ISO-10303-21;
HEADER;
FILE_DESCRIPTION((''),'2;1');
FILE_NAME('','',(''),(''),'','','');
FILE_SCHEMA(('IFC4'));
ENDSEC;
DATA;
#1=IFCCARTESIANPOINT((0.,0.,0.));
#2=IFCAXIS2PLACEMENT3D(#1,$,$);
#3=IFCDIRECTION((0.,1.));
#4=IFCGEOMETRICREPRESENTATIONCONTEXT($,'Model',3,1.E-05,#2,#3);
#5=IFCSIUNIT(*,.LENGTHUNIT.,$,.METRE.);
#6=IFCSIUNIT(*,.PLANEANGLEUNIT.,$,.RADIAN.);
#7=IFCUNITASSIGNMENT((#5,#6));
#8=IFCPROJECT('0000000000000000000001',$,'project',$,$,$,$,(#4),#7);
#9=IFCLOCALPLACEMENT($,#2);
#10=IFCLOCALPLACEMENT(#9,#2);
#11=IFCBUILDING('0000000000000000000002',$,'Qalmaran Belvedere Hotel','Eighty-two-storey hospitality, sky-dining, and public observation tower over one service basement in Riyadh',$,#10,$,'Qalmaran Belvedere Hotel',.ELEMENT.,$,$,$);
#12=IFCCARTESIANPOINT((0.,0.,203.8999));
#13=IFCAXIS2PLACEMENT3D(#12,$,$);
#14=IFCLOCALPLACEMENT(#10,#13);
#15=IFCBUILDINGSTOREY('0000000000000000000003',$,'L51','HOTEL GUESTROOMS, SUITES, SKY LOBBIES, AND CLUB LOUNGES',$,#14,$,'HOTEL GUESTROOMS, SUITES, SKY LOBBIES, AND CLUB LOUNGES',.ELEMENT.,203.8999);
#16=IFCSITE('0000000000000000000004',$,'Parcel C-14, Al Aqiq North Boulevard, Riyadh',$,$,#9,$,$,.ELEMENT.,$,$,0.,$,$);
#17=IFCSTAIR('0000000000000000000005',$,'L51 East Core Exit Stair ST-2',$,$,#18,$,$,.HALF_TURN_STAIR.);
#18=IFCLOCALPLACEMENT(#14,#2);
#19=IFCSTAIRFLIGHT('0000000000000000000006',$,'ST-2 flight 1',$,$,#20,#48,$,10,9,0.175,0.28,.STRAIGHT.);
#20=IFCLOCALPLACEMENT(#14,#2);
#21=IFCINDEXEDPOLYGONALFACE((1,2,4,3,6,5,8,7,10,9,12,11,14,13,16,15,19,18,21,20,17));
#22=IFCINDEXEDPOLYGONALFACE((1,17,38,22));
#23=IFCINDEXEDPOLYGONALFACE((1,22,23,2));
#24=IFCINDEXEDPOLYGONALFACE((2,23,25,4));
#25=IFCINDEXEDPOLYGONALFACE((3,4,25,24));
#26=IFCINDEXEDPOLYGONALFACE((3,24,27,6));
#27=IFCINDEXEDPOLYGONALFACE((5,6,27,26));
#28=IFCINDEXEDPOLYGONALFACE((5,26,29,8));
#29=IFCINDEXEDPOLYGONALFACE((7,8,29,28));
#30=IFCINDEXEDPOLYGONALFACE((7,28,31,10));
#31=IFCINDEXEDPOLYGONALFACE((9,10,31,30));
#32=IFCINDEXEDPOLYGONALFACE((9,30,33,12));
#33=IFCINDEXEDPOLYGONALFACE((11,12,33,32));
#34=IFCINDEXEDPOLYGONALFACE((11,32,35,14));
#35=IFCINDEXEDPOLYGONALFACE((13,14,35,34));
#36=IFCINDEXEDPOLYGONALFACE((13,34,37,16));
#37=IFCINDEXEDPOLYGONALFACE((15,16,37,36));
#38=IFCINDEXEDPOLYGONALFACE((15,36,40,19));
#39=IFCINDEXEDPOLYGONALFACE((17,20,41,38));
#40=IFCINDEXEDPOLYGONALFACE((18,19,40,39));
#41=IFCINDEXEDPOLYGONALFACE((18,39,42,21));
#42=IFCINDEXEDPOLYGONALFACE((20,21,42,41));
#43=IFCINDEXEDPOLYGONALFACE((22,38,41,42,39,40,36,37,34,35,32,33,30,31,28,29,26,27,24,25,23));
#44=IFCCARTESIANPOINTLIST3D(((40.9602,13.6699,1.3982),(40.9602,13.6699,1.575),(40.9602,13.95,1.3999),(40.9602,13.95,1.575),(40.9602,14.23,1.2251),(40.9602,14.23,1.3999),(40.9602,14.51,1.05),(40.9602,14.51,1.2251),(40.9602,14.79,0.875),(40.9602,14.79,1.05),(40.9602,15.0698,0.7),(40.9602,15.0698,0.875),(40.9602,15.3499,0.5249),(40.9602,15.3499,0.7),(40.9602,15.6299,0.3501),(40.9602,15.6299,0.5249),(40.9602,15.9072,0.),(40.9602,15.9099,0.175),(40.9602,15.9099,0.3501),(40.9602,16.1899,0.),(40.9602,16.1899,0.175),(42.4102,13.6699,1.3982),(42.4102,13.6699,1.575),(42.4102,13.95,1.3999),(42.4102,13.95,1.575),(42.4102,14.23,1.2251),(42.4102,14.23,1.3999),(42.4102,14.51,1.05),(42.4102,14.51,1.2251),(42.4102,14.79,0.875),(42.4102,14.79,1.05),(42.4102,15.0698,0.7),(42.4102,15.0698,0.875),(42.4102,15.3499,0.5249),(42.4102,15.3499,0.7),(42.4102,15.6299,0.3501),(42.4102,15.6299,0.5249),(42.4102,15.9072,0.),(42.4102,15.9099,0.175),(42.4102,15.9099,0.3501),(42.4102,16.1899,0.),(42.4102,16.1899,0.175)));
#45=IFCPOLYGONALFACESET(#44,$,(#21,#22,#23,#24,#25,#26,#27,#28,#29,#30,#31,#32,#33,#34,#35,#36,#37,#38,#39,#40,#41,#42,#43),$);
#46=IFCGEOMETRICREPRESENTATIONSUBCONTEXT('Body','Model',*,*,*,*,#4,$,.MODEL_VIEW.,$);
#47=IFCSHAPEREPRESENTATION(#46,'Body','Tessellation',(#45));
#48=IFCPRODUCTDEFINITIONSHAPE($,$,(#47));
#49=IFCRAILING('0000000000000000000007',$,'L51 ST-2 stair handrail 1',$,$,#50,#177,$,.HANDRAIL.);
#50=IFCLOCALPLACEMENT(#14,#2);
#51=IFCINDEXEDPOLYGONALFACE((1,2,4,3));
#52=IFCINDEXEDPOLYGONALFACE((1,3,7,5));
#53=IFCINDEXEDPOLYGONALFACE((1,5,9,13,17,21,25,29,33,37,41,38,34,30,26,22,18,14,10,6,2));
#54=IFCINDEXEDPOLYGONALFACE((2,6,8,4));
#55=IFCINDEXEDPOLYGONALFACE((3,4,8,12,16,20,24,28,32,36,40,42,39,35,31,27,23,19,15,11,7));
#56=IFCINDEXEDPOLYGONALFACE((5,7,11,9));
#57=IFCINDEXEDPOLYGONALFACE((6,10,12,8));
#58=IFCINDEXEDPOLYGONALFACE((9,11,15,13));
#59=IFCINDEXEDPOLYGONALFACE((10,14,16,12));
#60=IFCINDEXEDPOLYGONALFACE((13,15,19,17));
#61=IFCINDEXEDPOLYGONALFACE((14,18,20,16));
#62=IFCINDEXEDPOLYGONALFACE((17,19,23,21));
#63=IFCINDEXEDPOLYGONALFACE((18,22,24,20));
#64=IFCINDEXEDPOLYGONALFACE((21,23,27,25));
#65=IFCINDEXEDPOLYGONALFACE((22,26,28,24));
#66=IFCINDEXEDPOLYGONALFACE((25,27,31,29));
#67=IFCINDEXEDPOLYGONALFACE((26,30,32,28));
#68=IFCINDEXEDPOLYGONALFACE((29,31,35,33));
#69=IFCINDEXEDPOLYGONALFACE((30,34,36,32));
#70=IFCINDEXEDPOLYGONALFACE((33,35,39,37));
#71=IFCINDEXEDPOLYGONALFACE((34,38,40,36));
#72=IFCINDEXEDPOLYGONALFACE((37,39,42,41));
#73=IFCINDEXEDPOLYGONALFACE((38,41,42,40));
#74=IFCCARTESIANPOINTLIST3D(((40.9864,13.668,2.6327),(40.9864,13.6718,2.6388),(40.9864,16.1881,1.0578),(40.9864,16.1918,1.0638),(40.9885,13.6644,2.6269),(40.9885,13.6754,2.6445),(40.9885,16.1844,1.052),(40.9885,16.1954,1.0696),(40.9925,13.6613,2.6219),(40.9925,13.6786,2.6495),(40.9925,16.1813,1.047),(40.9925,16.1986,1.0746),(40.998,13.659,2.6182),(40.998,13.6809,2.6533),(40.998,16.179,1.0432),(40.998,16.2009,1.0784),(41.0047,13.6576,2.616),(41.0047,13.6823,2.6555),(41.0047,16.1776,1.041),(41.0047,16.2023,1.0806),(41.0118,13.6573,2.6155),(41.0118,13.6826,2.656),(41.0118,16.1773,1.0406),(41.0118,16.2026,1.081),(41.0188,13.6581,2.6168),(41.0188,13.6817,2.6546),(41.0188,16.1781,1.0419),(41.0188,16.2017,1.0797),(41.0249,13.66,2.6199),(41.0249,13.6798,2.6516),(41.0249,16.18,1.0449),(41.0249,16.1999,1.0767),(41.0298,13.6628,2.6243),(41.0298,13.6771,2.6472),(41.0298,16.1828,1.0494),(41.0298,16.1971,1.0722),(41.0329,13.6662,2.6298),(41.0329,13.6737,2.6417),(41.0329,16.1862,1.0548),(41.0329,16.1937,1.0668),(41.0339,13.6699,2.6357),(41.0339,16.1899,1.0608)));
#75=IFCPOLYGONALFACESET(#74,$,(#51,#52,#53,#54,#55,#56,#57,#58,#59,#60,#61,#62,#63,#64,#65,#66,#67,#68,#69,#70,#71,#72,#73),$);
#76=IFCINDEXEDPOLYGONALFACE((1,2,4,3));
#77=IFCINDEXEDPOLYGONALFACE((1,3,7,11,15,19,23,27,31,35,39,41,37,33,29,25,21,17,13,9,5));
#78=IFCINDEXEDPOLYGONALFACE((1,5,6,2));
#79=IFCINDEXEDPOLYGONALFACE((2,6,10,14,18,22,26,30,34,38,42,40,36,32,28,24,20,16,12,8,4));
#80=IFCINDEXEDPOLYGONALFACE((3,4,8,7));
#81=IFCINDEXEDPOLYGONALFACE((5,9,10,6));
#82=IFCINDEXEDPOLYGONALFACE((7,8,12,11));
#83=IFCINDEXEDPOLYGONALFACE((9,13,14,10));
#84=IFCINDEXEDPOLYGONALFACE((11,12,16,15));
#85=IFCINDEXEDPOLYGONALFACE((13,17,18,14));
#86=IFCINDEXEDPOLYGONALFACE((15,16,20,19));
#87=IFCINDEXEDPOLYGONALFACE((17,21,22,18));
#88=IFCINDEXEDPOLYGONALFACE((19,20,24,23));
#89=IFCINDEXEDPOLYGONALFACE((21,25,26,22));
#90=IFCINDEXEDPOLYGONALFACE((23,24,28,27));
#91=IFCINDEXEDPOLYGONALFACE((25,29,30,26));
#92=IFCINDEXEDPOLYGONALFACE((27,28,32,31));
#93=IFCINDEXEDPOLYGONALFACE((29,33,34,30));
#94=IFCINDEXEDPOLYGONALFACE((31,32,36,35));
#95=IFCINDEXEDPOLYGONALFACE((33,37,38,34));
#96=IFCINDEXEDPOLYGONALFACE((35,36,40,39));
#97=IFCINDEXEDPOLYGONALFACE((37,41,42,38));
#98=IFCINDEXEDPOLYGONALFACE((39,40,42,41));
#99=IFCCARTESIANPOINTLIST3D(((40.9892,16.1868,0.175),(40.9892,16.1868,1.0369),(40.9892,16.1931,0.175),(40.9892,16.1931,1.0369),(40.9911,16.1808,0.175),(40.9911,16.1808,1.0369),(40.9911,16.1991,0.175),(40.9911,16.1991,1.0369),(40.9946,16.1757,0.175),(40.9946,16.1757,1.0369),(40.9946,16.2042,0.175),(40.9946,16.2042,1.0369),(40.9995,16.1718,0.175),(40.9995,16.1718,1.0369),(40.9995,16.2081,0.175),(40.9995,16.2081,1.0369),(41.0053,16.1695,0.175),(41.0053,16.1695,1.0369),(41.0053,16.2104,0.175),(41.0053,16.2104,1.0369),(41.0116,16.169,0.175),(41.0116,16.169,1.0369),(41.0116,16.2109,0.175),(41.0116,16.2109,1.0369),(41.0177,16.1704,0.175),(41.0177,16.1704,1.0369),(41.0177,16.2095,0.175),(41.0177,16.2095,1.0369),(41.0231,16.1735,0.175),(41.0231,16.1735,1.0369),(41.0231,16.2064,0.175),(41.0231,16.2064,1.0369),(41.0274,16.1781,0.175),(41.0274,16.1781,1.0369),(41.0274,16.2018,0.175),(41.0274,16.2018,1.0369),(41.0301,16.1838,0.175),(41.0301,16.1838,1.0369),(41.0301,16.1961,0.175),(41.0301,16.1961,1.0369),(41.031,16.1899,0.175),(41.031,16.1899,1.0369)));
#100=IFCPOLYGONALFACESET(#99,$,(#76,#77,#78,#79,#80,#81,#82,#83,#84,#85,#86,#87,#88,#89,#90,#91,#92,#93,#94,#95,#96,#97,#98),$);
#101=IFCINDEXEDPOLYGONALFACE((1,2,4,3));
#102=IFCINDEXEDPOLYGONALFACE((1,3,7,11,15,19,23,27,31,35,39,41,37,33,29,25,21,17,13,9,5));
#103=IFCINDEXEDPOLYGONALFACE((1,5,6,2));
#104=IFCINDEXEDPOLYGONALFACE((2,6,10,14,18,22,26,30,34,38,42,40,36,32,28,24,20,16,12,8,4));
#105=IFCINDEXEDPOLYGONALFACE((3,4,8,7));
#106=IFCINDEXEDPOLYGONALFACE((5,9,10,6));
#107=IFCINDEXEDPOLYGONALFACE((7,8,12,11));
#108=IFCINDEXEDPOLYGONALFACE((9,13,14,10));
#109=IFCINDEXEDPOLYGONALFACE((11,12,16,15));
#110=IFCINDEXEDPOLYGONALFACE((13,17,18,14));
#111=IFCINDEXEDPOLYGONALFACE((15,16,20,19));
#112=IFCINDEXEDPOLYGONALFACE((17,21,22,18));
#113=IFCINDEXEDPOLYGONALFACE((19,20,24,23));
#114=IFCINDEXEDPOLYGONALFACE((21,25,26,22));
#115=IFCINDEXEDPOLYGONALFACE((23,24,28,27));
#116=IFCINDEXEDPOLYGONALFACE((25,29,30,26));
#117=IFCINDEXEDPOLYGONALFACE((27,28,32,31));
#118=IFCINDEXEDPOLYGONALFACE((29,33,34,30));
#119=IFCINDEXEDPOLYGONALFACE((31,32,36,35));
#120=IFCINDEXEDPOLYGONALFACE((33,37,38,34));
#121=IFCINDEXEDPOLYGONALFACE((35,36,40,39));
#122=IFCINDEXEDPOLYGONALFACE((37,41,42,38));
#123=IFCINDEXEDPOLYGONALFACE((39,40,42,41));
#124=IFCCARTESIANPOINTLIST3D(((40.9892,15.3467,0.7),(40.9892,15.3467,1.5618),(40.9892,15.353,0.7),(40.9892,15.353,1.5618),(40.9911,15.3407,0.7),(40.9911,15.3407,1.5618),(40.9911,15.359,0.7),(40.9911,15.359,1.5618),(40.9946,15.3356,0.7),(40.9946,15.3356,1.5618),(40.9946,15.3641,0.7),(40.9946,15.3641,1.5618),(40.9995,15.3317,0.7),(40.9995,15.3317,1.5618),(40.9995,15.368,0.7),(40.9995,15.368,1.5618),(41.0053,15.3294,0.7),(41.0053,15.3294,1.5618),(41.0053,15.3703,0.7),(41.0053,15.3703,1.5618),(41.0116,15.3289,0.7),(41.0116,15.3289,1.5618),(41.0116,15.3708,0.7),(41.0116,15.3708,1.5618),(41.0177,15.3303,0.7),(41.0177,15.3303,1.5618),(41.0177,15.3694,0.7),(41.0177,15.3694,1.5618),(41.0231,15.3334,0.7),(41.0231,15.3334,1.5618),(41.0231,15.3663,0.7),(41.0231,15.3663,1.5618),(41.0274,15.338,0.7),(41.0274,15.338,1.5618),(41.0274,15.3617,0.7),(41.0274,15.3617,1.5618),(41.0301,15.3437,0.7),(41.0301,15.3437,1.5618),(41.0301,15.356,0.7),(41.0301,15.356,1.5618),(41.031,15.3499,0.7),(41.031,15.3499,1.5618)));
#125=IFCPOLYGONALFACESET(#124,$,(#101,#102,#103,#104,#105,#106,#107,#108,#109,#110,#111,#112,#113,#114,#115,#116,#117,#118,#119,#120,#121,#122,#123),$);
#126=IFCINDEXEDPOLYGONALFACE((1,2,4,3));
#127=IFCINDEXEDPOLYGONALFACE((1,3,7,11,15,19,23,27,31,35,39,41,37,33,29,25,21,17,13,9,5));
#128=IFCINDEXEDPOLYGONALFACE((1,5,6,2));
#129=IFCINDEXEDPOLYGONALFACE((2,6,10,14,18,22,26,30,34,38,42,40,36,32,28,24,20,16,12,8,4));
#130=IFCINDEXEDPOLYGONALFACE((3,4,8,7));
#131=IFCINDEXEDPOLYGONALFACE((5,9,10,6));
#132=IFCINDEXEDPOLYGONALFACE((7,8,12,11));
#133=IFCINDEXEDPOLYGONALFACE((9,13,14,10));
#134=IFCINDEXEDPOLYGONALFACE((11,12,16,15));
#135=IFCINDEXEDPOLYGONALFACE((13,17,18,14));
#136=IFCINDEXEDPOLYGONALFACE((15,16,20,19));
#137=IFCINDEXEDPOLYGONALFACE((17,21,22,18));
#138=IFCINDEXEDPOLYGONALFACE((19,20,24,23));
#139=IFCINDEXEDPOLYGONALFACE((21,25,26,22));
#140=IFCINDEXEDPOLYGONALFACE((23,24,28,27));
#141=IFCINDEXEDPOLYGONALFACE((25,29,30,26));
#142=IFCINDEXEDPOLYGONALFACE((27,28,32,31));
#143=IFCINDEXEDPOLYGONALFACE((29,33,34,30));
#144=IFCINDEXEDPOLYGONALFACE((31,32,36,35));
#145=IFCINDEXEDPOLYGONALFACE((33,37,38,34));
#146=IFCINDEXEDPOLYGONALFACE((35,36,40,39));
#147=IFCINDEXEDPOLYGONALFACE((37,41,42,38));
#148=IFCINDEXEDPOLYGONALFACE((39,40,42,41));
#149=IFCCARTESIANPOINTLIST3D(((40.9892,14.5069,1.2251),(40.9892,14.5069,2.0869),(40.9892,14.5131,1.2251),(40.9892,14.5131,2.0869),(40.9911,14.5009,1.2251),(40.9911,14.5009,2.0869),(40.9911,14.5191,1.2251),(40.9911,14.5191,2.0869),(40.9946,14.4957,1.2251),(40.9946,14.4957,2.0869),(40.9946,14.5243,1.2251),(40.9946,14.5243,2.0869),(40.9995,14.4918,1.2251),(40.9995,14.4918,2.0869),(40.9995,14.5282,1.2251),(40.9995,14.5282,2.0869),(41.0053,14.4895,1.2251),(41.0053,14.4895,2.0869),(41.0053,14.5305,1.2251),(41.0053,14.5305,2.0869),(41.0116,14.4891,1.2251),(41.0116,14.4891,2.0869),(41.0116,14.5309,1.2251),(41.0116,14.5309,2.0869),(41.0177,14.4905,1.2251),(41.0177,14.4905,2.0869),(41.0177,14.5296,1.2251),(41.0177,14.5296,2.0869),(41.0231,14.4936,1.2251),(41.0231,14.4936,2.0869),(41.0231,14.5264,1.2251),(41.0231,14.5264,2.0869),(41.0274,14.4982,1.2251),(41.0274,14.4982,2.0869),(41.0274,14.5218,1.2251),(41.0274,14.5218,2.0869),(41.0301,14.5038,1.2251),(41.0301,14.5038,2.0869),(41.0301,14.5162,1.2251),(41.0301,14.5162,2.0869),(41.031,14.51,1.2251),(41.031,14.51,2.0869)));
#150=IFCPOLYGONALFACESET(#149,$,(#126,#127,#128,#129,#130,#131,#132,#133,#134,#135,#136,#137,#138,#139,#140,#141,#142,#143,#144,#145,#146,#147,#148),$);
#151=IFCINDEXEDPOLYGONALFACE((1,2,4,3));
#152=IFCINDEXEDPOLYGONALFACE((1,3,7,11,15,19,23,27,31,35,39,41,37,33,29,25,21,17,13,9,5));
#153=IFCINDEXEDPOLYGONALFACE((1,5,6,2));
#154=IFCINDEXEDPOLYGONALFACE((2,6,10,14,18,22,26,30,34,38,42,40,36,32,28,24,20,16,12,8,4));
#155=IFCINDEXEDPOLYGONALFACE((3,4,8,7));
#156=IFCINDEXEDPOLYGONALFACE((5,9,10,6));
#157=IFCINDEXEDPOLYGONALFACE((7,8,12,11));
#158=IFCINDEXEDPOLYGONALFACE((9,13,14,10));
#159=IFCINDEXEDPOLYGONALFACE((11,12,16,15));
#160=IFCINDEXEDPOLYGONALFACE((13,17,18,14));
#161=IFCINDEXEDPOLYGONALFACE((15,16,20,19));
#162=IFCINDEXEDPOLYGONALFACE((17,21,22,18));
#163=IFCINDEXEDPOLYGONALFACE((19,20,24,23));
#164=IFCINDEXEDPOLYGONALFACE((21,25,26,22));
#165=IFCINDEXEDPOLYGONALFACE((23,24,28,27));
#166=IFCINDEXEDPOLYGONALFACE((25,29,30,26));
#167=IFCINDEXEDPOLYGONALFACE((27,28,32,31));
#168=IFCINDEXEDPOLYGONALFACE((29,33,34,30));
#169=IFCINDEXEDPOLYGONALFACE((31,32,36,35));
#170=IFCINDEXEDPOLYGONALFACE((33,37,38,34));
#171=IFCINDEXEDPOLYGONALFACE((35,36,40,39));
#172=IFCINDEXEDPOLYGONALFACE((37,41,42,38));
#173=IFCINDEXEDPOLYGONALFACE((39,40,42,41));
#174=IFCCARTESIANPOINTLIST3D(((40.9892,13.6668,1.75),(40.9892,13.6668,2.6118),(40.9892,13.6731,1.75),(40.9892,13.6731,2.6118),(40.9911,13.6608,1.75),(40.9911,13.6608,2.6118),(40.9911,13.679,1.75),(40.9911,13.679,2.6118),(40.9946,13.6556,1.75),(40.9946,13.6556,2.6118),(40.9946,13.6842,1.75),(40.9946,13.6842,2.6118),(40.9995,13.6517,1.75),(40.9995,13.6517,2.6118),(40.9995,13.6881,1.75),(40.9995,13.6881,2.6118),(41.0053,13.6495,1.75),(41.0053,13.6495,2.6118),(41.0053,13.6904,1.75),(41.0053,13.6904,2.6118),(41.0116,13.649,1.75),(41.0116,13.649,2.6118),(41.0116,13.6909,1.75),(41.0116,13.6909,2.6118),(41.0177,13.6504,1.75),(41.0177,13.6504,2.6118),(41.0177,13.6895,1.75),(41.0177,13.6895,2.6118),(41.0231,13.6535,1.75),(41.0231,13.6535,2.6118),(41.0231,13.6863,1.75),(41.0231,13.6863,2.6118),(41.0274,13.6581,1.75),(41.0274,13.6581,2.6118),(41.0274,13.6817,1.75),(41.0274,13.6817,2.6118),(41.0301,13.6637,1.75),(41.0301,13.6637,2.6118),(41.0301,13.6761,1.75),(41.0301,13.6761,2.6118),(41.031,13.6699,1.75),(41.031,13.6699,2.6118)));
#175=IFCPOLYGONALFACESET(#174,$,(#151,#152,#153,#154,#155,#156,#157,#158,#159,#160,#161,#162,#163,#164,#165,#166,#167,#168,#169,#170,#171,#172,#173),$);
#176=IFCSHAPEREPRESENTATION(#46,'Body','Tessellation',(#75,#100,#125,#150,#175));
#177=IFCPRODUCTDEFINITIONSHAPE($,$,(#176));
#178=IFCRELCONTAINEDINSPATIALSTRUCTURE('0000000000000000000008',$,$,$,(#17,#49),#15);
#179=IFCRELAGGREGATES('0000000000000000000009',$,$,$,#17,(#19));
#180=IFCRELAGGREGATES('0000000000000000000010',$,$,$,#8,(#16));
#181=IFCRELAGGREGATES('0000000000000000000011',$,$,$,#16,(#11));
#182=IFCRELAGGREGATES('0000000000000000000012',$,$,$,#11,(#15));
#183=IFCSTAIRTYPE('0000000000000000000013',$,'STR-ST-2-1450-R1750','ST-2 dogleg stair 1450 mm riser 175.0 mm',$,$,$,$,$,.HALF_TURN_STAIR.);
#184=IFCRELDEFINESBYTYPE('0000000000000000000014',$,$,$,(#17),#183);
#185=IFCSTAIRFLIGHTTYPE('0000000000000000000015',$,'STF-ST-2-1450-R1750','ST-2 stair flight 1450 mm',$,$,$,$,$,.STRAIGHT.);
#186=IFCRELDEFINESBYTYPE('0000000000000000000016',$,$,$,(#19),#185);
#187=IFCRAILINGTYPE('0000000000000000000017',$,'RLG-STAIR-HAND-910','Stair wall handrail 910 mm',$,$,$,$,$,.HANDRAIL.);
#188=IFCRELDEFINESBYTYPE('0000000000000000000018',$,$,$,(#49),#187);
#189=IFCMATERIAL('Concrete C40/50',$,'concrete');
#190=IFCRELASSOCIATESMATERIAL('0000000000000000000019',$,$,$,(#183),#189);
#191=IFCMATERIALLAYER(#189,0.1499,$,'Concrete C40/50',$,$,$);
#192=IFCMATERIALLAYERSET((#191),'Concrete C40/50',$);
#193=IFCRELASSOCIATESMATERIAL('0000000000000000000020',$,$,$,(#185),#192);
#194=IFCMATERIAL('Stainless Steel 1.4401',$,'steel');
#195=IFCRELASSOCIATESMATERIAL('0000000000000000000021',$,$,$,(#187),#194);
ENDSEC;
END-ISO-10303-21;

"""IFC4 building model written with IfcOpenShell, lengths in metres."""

from ifc_helpers import new_model, si_unit, direction, frame, origin, origin_2d, place, context, subcontext, project, spatial, polyline, circle, outline, extrude, material, layer, layer_set, type_object, element, aggregate, save


model = new_model("IFC4")

# Units and contexts
model_context = context("Model", 3, precision=1e-05, world=origin(), true_north=direction((0.0, 1.0)))
body_context = subcontext(model_context, "Body", "Model", "MODEL_VIEW")
ifc_project = project(units=[si_unit("LENGTHUNIT", "METRE"), si_unit("PLANEANGLEUNIT", "RADIAN")], contexts=[model_context])

# Site, building, storey
site_placement = place(None, origin())
site = spatial("IfcSite", under=ifc_project, at=site_placement, Name="Parcel C-14, Al Aqiq North Boulevard, Riyadh", CompositionType="ELEMENT", RefElevation=0.0)
building_placement = place(site_placement, origin())
building = spatial("IfcBuilding", under=site, at=building_placement, Name="Qalmaran Belvedere Hotel", Description="Eighty-two-storey hospitality, sky-dining, and public observation tower over one service basement in Riyadh", LongName="Qalmaran Belvedere Hotel", CompositionType="ELEMENT")
storey_placement = place(building_placement, frame((0.0, 0.0, 203.8999)))
storey = spatial("IfcBuildingStorey", under=building, at=storey_placement, Name="L51", Description="HOTEL GUESTROOMS, SUITES, SKY LOBBIES, AND CLUB LOUNGES", LongName="HOTEL GUESTROOMS, SUITES, SKY LOBBIES, AND CLUB LOUNGES", CompositionType="ELEMENT", Elevation=203.8999)

# Shared definitions
ifc_material_1 = material(Name="Stainless Steel 1.4401", Category="steel")

# Stair, stair flight
ifc_material_2 = material(Name="Concrete C40/50", Category="concrete")
stair_type = type_object("IfcStairType", Name="STR-ST-2-1450-R1750", Description="ST-2 dogleg stair 1450 mm riser 175.0 mm", PredefinedType="HALF_TURN_STAIR", material=ifc_material_2)
stair_placement = place(storey_placement, origin())
stair = element("IfcStair", 1, at=stair_placement, inside=storey, type_object=stair_type, Name="L51 East Core Exit Stair ST-2", PredefinedType="HALF_TURN_STAIR")
ifc_layer_1 = layer(ifc_material_2, 0.1499, Name="Concrete C40/50")
ifc_layer_set_1 = layer_set([ifc_layer_1], Name="Concrete C40/50")
stair_flight_type = type_object("IfcStairFlightType", Name="STF-ST-2-1450-R1750", Description="ST-2 stair flight 1450 mm", PredefinedType="STRAIGHT", material=ifc_layer_set_1)
stair_flight_placement = place(storey_placement, frame((41.6851, 16.1899, 0.0), z_axis=(0.0, 0.0, 1.0), x_axis=(0.0, -1.0, 0.0)))
stair_flight = element("IfcStairFlight", 2, at=stair_flight_placement, type_object=stair_flight_type, Name="ST-2 flight 1", NumberOfRisers=10, NumberOfTreads=9, PredefinedType="STRAIGHT", RiserHeight=0.175, TreadLength=0.28, context=body_context, shape_type="SweptSolid", body=[
    extrude(outline(polyline([(0.0, 0.0), (0.0, 0.175), (0.28, 0.175), (0.28, 0.3501), (0.5601, 0.3501), (0.5601, 0.5249), (0.8401, 0.5249), (0.8401, 0.7), (1.1201, 0.7), (1.1201, 0.875), (1.3999, 0.875), (1.3999, 1.05), (1.6799, 1.05), (1.6799, 1.2251), (1.96, 1.2251), (1.96, 1.3999), (2.24, 1.3999), (2.24, 1.575), (2.52, 1.575), (2.52, 1.75), (2.52, 1.3982), (0.2827, 0.0), (0.0, 0.0)])), frame((0.0, 0.7251, 0.0), z_axis=(0.0, -1.0, 0.0), x_axis=(1.0, 0.0, 0.0)), (0.0, 0.0, 1.0), 1.45),
])
aggregate(stair, [stair_flight])

# Railing
railing_type = type_object("IfcRailingType", Name="RLG-STAIR-HAND-910", Description="Stair wall handrail 910 mm", PredefinedType="HANDRAIL", material=ifc_material_1)
railing_placement = place(storey_placement, frame((41.01, 16.1899, 0.175)))
element("IfcRailing", 3, at=railing_placement, inside=storey, type_object=railing_type, Name="L51 ST-2 stair handrail 1", PredefinedType="HANDRAIL", context=body_context, shape_type="SweptSolid", body=[
    extrude(circle(Radius=0.0239, at=origin_2d()), frame((0.0, 0.0, 0.8857), z_axis=(0.0, -0.848008, 0.529984), x_axis=(1.0, 0.0, 0.0)), (0.0, 0.0, 1.0), 2.9717),
    extrude(circle(Radius=0.021, at=origin_2d()), origin(), (0.0, 0.0, 1.0), 0.8618),
    extrude(circle(Radius=0.021, at=origin_2d()), frame((0.0, -0.8401, 0.5249)), (0.0, 0.0, 1.0), 0.8618),
    extrude(circle(Radius=0.021, at=origin_2d()), frame((0.0, -1.6799, 1.05)), (0.0, 0.0, 1.0), 0.8618),
    extrude(circle(Radius=0.021, at=origin_2d()), frame((0.0, -2.52, 1.575)), (0.0, 0.0, 1.0), 0.8618),
])

save(model, "model.ifc")
